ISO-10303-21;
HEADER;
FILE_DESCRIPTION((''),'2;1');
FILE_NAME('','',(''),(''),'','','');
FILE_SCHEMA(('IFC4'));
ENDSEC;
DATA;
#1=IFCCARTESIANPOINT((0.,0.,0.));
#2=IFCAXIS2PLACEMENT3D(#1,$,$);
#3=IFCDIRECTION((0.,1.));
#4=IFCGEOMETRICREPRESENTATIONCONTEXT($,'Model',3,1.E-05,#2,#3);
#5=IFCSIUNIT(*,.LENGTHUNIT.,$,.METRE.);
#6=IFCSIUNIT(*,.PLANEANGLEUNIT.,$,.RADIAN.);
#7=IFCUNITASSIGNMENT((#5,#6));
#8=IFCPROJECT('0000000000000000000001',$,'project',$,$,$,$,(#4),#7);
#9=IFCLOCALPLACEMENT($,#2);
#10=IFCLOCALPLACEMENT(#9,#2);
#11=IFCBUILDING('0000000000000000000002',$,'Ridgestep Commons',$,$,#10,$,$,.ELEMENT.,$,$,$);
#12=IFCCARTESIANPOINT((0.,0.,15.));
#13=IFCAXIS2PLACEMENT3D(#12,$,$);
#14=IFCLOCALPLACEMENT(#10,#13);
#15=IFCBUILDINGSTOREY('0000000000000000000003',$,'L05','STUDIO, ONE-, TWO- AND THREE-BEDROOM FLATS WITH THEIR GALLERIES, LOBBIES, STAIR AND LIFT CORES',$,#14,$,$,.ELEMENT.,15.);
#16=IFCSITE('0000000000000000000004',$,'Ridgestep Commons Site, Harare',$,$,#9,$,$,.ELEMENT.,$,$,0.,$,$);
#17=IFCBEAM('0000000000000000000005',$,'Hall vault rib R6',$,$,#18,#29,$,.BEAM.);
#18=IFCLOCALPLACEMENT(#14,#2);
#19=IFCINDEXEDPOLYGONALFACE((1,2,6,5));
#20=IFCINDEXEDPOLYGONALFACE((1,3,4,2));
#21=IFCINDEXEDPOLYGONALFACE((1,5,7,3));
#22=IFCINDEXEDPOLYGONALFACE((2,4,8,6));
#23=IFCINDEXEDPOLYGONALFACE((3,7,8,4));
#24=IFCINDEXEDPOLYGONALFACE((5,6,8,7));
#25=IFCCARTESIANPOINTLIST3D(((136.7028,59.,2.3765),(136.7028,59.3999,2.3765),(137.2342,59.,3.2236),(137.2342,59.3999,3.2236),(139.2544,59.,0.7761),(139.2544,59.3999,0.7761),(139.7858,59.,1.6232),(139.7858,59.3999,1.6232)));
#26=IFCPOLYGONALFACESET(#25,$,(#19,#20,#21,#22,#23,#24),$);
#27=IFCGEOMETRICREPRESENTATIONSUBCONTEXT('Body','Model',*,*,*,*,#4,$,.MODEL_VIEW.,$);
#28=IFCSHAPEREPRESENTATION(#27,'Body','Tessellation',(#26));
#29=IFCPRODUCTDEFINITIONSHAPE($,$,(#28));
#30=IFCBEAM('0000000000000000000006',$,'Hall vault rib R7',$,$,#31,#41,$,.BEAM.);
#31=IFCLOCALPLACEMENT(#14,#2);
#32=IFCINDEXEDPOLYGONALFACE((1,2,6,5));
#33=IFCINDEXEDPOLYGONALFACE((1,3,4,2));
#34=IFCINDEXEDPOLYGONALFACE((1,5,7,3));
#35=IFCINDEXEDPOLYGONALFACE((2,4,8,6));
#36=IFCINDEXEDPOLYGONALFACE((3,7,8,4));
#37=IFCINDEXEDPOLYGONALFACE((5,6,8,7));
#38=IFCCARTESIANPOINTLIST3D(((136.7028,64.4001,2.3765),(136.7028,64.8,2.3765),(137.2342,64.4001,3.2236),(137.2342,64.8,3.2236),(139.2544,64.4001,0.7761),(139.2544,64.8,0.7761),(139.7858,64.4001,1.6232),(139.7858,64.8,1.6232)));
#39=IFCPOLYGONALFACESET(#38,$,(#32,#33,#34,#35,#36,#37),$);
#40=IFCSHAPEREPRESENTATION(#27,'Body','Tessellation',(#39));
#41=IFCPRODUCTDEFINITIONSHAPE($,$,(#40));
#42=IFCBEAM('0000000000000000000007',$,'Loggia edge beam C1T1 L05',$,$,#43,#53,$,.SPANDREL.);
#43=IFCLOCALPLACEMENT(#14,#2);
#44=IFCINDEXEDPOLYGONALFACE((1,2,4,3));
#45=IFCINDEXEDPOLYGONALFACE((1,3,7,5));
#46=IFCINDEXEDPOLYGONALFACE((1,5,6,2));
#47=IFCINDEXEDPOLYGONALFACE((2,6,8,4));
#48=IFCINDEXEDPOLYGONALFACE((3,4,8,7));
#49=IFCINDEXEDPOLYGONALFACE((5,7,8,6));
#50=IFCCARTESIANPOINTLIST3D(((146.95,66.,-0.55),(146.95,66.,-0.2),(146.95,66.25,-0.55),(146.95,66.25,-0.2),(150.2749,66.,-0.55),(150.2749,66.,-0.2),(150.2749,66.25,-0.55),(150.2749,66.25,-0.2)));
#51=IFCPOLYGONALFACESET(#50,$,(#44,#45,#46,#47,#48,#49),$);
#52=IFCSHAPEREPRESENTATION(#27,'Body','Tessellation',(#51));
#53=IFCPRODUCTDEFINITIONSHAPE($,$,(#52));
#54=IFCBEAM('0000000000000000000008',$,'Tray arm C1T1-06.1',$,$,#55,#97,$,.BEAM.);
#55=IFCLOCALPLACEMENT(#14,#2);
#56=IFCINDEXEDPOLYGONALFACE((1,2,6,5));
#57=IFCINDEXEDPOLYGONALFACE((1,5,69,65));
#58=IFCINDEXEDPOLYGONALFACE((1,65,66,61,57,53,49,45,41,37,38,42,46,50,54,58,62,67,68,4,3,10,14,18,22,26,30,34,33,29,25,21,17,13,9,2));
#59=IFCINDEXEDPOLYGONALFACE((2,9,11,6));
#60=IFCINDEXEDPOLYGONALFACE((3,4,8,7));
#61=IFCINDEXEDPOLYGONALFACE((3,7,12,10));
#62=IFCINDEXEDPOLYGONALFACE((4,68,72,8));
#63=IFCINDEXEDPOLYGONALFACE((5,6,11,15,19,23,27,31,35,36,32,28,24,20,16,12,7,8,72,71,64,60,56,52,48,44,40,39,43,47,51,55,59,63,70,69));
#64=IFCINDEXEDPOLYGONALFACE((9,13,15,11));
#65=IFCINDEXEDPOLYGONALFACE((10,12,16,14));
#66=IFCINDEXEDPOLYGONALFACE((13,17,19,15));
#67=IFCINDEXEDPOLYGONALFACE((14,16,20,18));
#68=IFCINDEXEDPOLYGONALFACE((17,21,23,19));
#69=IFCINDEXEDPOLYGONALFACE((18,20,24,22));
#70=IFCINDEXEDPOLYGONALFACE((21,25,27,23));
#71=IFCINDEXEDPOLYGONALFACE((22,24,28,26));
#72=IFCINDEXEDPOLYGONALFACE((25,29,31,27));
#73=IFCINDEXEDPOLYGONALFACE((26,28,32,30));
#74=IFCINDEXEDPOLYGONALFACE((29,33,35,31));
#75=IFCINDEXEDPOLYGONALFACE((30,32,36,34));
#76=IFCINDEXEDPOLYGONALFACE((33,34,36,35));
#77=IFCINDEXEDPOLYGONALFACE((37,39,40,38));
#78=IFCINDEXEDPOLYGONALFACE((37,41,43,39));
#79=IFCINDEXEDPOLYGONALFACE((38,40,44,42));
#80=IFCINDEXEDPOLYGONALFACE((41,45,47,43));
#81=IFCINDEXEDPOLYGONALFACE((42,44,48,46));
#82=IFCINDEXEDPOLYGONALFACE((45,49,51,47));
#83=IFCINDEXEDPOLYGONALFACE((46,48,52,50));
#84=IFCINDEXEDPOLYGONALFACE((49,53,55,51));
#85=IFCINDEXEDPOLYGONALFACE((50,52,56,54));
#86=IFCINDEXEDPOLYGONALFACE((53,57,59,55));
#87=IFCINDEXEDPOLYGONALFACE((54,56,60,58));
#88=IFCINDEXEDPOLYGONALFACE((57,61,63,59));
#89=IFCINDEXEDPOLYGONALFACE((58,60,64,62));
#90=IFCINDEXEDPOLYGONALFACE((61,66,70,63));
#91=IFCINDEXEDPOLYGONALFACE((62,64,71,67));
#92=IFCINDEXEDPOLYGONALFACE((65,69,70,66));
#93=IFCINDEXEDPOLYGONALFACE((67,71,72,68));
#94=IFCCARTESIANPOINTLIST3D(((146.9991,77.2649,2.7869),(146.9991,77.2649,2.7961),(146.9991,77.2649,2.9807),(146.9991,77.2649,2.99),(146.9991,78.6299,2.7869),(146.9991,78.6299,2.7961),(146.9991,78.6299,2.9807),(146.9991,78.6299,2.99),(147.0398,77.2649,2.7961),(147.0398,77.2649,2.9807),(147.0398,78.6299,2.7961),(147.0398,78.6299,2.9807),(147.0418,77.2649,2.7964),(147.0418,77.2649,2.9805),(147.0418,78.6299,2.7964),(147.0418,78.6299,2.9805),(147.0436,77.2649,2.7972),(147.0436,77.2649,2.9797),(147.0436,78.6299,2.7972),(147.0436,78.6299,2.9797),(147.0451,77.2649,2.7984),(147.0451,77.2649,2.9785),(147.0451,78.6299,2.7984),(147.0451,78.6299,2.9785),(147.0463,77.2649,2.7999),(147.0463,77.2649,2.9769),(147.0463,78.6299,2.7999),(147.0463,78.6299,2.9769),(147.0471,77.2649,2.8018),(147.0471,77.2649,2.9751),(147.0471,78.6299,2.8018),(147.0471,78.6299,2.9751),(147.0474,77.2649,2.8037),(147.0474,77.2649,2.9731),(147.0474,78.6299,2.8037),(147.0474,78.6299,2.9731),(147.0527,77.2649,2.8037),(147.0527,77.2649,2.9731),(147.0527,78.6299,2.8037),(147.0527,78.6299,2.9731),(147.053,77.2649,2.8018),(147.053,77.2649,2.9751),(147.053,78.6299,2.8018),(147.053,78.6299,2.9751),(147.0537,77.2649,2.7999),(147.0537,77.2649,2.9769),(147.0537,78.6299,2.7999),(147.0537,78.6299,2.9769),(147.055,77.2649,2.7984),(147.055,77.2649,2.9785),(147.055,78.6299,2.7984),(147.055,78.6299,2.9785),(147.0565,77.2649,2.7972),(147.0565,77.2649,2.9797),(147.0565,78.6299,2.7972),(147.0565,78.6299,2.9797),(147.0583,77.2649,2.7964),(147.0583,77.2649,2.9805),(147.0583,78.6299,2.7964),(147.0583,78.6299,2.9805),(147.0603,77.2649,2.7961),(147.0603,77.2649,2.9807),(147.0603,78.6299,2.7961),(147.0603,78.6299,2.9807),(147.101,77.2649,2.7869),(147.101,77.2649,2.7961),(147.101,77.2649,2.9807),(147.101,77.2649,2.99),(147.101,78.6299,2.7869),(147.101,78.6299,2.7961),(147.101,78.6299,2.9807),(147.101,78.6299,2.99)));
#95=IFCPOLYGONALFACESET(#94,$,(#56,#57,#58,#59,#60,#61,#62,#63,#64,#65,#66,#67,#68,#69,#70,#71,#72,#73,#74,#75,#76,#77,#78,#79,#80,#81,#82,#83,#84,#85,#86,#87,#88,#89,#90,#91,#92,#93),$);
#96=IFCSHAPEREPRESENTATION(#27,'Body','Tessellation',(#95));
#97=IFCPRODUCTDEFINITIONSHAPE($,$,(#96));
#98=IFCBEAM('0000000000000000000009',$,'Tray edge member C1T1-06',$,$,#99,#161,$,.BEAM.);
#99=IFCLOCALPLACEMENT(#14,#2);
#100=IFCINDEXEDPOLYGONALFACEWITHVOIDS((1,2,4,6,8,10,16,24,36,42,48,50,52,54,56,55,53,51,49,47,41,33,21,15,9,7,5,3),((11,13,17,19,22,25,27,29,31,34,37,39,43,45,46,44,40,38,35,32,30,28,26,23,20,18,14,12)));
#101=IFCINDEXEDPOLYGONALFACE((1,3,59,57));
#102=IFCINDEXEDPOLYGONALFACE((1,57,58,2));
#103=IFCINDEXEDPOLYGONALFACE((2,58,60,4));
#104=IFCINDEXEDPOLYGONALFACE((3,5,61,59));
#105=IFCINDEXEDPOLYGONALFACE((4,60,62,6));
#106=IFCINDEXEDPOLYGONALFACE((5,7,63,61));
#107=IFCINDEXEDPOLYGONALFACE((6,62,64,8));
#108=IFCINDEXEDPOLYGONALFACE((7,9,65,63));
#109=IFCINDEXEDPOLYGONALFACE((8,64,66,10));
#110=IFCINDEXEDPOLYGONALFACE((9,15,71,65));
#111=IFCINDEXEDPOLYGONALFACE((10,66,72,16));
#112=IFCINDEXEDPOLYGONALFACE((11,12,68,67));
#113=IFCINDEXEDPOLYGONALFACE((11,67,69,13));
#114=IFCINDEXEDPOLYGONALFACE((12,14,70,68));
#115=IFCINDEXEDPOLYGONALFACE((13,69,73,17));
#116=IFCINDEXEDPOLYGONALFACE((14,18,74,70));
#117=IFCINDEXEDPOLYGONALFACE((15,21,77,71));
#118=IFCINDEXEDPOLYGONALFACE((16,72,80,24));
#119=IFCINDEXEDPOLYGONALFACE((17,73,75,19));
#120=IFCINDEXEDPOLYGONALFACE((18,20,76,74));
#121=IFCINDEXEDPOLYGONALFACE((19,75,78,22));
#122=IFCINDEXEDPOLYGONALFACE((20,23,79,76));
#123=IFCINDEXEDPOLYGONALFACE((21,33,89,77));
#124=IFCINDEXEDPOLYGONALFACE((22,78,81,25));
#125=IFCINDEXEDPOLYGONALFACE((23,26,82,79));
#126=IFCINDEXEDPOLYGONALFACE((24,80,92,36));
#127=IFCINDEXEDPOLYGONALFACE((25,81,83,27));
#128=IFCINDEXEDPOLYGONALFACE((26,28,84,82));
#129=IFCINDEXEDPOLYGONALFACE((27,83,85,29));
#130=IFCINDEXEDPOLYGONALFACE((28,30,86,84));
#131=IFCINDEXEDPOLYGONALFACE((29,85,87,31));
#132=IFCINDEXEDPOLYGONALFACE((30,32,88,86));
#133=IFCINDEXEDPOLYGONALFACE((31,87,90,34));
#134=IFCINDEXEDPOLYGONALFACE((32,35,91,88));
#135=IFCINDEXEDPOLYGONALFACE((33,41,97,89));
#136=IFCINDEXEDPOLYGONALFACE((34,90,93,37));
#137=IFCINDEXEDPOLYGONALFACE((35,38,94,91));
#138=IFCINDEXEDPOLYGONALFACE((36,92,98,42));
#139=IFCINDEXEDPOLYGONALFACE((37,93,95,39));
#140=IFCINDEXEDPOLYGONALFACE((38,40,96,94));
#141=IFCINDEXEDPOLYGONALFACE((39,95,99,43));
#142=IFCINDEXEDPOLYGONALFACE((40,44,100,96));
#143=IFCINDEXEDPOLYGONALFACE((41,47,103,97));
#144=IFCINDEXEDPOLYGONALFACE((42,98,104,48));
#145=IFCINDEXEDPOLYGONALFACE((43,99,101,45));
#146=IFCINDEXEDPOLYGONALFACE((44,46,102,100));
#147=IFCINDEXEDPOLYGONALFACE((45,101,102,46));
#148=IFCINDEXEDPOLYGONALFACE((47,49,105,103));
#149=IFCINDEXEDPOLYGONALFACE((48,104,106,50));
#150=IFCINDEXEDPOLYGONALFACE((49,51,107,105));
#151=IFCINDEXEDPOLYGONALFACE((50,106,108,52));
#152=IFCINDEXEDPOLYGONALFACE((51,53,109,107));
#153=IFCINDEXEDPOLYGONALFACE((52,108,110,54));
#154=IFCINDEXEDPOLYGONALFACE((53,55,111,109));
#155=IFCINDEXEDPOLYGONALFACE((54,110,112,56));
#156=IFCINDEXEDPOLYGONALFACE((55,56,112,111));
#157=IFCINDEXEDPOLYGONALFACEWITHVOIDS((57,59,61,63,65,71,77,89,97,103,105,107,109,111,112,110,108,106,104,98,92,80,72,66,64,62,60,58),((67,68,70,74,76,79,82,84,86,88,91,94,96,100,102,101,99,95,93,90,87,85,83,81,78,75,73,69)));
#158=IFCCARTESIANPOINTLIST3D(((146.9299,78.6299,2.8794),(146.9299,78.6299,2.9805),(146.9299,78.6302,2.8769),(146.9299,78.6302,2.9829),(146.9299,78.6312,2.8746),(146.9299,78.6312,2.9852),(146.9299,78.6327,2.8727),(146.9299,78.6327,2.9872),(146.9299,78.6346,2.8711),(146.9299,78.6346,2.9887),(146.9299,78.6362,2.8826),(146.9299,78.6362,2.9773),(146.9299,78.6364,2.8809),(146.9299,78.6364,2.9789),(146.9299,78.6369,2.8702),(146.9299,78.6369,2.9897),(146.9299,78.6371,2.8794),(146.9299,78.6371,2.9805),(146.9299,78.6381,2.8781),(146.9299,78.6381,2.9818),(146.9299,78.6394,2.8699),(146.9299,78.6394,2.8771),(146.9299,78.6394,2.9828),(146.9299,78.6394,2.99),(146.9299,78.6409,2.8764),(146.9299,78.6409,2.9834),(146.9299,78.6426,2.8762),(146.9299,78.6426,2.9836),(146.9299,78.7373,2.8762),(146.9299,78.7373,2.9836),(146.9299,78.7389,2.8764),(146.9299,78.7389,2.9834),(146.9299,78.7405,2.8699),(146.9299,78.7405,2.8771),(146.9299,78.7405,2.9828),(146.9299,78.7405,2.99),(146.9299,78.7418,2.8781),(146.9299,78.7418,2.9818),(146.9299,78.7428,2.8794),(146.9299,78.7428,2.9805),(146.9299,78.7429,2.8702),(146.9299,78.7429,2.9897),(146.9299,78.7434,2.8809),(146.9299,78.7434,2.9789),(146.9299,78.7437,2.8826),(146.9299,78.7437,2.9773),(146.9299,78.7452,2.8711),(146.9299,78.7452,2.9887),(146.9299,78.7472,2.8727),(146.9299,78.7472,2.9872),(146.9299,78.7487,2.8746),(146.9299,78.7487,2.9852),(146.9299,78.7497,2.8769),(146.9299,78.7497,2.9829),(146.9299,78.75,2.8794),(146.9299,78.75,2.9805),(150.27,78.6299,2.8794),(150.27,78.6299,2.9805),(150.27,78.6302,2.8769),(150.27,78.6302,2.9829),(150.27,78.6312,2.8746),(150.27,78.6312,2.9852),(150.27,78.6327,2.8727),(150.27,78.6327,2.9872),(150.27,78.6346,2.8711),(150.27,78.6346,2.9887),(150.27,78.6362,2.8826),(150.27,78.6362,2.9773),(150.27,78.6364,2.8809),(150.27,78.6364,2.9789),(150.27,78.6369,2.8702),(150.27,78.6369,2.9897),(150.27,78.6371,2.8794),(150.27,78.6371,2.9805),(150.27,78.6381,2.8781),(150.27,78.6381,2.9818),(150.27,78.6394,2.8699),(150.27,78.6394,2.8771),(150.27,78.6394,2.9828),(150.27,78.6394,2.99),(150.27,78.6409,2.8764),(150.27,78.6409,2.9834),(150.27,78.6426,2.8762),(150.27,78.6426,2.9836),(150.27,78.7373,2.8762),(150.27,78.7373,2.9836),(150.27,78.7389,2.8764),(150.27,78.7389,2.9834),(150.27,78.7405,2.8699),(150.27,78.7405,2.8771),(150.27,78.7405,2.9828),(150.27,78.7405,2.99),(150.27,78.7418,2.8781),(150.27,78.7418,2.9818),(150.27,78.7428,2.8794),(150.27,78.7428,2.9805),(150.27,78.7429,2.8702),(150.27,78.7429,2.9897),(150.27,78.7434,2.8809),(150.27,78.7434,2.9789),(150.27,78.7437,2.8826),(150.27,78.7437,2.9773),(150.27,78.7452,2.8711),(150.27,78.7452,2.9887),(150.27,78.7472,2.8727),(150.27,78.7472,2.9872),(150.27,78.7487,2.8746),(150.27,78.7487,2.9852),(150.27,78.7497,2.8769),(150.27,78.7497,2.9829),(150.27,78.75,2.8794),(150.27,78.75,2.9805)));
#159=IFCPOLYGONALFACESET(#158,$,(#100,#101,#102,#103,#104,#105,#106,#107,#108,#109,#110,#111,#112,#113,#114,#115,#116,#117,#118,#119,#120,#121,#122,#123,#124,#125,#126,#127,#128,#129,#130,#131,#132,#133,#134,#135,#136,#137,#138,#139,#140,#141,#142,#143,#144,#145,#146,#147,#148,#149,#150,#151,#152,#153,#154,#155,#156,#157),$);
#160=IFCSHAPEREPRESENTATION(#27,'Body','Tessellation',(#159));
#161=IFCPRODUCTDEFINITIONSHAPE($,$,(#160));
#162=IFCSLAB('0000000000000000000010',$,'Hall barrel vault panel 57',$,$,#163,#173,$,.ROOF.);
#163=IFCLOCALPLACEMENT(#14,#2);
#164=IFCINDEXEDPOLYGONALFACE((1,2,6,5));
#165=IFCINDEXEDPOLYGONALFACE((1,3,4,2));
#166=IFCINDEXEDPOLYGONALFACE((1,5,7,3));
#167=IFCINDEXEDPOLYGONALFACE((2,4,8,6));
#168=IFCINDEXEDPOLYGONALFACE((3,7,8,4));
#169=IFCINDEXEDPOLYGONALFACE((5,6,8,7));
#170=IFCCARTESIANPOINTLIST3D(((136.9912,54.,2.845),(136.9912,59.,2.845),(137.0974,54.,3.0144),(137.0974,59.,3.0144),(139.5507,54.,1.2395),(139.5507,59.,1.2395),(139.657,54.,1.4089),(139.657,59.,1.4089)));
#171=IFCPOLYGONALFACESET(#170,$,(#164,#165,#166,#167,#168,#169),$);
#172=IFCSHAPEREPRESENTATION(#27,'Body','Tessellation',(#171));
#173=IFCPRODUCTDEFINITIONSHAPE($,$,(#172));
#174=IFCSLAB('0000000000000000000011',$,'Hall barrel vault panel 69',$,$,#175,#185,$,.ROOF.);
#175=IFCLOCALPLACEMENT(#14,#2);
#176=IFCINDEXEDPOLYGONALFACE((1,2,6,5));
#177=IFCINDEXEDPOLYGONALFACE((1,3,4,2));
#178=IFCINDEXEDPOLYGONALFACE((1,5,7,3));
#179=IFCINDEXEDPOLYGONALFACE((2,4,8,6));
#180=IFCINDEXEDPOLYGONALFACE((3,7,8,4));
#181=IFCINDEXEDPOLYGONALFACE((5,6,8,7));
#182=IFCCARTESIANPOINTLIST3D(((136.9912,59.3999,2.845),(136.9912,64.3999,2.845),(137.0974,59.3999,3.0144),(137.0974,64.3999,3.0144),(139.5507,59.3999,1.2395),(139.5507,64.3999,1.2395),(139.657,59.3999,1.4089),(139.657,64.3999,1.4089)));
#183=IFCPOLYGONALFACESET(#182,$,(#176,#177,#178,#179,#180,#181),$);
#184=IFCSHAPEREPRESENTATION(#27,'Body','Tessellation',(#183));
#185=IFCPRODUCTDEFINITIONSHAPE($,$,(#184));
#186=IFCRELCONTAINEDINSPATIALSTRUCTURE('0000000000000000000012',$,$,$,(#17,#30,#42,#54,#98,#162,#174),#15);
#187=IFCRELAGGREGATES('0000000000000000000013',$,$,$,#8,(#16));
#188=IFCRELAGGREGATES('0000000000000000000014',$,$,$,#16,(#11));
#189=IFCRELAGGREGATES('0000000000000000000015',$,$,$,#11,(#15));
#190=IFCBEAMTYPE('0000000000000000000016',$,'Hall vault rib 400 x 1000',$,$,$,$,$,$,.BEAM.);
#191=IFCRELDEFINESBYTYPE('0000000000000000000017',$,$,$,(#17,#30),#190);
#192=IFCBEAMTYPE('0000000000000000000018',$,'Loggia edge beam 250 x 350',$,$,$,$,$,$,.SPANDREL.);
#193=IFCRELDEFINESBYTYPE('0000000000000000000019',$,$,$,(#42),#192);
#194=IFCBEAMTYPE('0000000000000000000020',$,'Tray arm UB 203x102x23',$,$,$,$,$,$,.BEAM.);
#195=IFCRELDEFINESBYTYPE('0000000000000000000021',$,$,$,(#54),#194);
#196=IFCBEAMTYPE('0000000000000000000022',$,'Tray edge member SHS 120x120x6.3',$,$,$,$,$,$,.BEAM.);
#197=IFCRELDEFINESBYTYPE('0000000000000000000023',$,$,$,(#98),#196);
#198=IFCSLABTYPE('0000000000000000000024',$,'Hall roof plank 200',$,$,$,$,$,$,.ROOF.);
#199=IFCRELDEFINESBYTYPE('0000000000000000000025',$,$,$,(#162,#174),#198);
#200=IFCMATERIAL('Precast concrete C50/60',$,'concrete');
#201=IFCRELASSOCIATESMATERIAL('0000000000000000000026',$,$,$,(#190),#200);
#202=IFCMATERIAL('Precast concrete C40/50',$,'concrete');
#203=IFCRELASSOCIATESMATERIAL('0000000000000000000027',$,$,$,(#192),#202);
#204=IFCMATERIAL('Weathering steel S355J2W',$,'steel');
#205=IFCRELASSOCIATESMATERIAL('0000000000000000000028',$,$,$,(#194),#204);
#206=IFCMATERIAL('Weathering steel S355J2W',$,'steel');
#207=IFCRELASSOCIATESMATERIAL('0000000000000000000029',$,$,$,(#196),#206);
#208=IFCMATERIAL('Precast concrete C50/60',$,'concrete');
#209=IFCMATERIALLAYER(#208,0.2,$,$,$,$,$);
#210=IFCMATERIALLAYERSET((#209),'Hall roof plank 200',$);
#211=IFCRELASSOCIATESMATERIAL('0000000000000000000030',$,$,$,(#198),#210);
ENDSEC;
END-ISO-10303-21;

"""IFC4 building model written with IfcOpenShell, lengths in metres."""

from ifc_helpers import new_model, si_unit, direction, frame, origin, origin_2d, place, context, subcontext, project, spatial, polyline, rectangle, hollow_rectangle, i_section, outline, extrude, material, layer, layer_set, material_profile, profile_set, type_object, element, save


model = new_model("IFC4")

# Units and contexts
model_context = context("Model", 3, precision=1e-05, world=origin(), true_north=direction((0.0, 1.0)))
body_context = subcontext(model_context, "Body", "Model", "MODEL_VIEW")
ifc_project = project(units=[si_unit("LENGTHUNIT", "METRE"), si_unit("PLANEANGLEUNIT", "RADIAN")], contexts=[model_context])

# Site, building, storey
site_placement = place(None, origin())
site = spatial("IfcSite", under=ifc_project, at=site_placement, Name="Ridgestep Commons Site, Harare", CompositionType="ELEMENT", RefElevation=0.0)
building_placement = place(site_placement, origin())
building = spatial("IfcBuilding", under=site, at=building_placement, Name="Ridgestep Commons", CompositionType="ELEMENT")
storey_placement = place(building_placement, frame((0.0, 0.0, 15.0)))
storey = spatial("IfcBuildingStorey", under=building, at=storey_placement, Name="L05", Description="STUDIO, ONE-, TWO- AND THREE-BEDROOM FLATS WITH THEIR GALLERIES, LOBBIES, STAIR AND LIFT CORES", CompositionType="ELEMENT", Elevation=15.0)

# Beams
ifc_material_1 = material(Name="Precast concrete C50/60", Category="concrete")
ifc_material_profile_1 = material_profile(ifc_material_1, rectangle(XDim=0.3999, YDim=1.0, at=origin_2d()), Name="Hall vault rib 400 x 1000")
ifc_profile_set_1 = profile_set([ifc_material_profile_1], Name="Precast concrete C50/60")
beam_type_1 = type_object("IfcBeamType", Name="Hall vault rib 400 x 1000", PredefinedType="BEAM", material=ifc_profile_set_1)
for number, where, z_axis, x_axis, name in (
    (1, (136.9685, 59.2, 2.8), (0.847155, 0.0, -0.531346), (0.0, 1.0, 0.0), "Hall vault rib R6"),
    (2, (136.9685, 64.6001, 2.8), (0.847155, 0.0, -0.531346), (0.0, 1.0, 0.0), "Hall vault rib R7"),
):
    element("IfcBeam", number, at=place(storey_placement, frame(where, z_axis=z_axis, x_axis=x_axis)), inside=storey, type_object=beam_type_1, Name=name, PredefinedType="BEAM", context=body_context, shape_type="SweptSolid", body=[
        extrude(rectangle(XDim=0.3999, YDim=1.0, at=origin_2d()), origin(), (0.0, 0.0, 1.0), 3.012),
    ])
ifc_material_2 = material(Name="Precast concrete C40/50", Category="concrete")
ifc_material_profile_2 = material_profile(ifc_material_2, rectangle(XDim=0.25, YDim=0.3501, at=origin_2d()), Name="PC 250x350")
ifc_profile_set_2 = profile_set([ifc_material_profile_2], Name="Precast concrete C40/50")
beam_type_2 = type_object("IfcBeamType", Name="Loggia edge beam 250 x 350", PredefinedType="SPANDREL", material=ifc_profile_set_2)
beam_1_placement = place(storey_placement, frame((146.95, 66.125, -0.375), z_axis=(1.0, 0.0, 0.0), x_axis=(0.0, 1.0, 0.0)))
element("IfcBeam", 3, at=beam_1_placement, inside=storey, type_object=beam_type_2, Name="Loggia edge beam C1T1 L05", PredefinedType="SPANDREL", context=body_context, shape_type="SweptSolid", body=[
    extrude(rectangle(XDim=0.25, YDim=0.3501, at=origin_2d()), origin(), (0.0, 0.0, 1.0), 3.325),
])
ifc_material_3 = material(Name="Weathering steel S355J2W", Category="steel")
ifc_material_profile_3 = material_profile(ifc_material_3, i_section(OverallWidth=0.1018, OverallDepth=0.2031, WebThickness=0.0054, FlangeThickness=0.0093, FilletRadius=0.0076, at=origin_2d()), Name="UB 203x102x23")
ifc_profile_set_3 = profile_set([ifc_material_profile_3], Name="Weathering steel S355J2W")
beam_type_3 = type_object("IfcBeamType", Name="Tray arm UB 203x102x23", PredefinedType="BEAM", material=ifc_profile_set_3)
beam_2_placement = place(storey_placement, frame((147.05, 77.2649, 2.8884), z_axis=(0.0, 1.0, 0.0), x_axis=(-1.0, 0.0, 0.0)))
element("IfcBeam", 4, at=beam_2_placement, inside=storey, type_object=beam_type_3, Name="Tray arm C1T1-06.1", PredefinedType="BEAM", context=body_context, shape_type="SweptSolid", body=[
    extrude(i_section(OverallWidth=0.1018, OverallDepth=0.2031, WebThickness=0.0054, FlangeThickness=0.0093, FilletRadius=0.0076, at=origin_2d()), origin(), (0.0, 0.0, 1.0), 1.365),
])
ifc_material_4 = material(Name="Weathering steel S355J2W", Category="steel")
ifc_material_profile_4 = material_profile(ifc_material_4, hollow_rectangle(XDim=0.1201, YDim=0.1201, WallThickness=0.0063, InnerFilletRadius=0.0063, OuterFilletRadius=0.0095, at=origin_2d()), Name="SHS 120x120x6.3")
ifc_profile_set_4 = profile_set([ifc_material_profile_4], Name="Weathering steel S355J2W")
beam_type_4 = type_object("IfcBeamType", Name="Tray edge member SHS 120x120x6.3", PredefinedType="BEAM", material=ifc_profile_set_4)
beam_3_placement = place(storey_placement, frame((146.9299, 78.6899, 2.9299), z_axis=(1.0, 0.0, 0.0), x_axis=(0.0, 0.0, 1.0)))
element("IfcBeam", 5, at=beam_3_placement, inside=storey, type_object=beam_type_4, Name="Tray edge member C1T1-06", PredefinedType="BEAM", context=body_context, shape_type="SweptSolid", body=[
    extrude(hollow_rectangle(XDim=0.1201, YDim=0.1201, WallThickness=0.0063, InnerFilletRadius=0.0063, OuterFilletRadius=0.0095, at=origin_2d()), origin(), (0.0, 0.0, 1.0), 3.3401),
])

# Slabs
ifc_material_5 = material(Name="Precast concrete C50/60", Category="concrete")
ifc_layer_1 = layer(ifc_material_5, 0.2)
ifc_layer_set_1 = layer_set([ifc_layer_1], Name="Hall roof plank 200")
slab_type = type_object("IfcSlabType", Name="Hall roof plank 200", PredefinedType="ROOF", material=ifc_layer_set_1)
for number, where, z_axis, x_axis, name in (
    (6, (137.0974, 54.0, 3.0144), (0.531364, 0.0, 0.847144), (0.847144, 0.0, -0.531364), "Hall barrel vault panel 57"),
    (7, (137.0974, 59.3999, 3.0144), (0.531364, 0.0, 0.847144), (0.847144, 0.0, -0.531364), "Hall barrel vault panel 69"),
):
    element("IfcSlab", number, at=place(storey_placement, frame(where, z_axis=z_axis, x_axis=x_axis)), inside=storey, type_object=slab_type, Name=name, PredefinedType="ROOF", context=body_context, shape_type="SweptSolid", body=[
        extrude(outline(polyline([(0.0, 0.0), (3.0214, 0.0), (3.0214, 5.0), (0.0, 5.0), (0.0, 0.0)])), origin(), (0.0, 0.0, -1.0), 0.2),
    ])

save(model, "model.ifc")
